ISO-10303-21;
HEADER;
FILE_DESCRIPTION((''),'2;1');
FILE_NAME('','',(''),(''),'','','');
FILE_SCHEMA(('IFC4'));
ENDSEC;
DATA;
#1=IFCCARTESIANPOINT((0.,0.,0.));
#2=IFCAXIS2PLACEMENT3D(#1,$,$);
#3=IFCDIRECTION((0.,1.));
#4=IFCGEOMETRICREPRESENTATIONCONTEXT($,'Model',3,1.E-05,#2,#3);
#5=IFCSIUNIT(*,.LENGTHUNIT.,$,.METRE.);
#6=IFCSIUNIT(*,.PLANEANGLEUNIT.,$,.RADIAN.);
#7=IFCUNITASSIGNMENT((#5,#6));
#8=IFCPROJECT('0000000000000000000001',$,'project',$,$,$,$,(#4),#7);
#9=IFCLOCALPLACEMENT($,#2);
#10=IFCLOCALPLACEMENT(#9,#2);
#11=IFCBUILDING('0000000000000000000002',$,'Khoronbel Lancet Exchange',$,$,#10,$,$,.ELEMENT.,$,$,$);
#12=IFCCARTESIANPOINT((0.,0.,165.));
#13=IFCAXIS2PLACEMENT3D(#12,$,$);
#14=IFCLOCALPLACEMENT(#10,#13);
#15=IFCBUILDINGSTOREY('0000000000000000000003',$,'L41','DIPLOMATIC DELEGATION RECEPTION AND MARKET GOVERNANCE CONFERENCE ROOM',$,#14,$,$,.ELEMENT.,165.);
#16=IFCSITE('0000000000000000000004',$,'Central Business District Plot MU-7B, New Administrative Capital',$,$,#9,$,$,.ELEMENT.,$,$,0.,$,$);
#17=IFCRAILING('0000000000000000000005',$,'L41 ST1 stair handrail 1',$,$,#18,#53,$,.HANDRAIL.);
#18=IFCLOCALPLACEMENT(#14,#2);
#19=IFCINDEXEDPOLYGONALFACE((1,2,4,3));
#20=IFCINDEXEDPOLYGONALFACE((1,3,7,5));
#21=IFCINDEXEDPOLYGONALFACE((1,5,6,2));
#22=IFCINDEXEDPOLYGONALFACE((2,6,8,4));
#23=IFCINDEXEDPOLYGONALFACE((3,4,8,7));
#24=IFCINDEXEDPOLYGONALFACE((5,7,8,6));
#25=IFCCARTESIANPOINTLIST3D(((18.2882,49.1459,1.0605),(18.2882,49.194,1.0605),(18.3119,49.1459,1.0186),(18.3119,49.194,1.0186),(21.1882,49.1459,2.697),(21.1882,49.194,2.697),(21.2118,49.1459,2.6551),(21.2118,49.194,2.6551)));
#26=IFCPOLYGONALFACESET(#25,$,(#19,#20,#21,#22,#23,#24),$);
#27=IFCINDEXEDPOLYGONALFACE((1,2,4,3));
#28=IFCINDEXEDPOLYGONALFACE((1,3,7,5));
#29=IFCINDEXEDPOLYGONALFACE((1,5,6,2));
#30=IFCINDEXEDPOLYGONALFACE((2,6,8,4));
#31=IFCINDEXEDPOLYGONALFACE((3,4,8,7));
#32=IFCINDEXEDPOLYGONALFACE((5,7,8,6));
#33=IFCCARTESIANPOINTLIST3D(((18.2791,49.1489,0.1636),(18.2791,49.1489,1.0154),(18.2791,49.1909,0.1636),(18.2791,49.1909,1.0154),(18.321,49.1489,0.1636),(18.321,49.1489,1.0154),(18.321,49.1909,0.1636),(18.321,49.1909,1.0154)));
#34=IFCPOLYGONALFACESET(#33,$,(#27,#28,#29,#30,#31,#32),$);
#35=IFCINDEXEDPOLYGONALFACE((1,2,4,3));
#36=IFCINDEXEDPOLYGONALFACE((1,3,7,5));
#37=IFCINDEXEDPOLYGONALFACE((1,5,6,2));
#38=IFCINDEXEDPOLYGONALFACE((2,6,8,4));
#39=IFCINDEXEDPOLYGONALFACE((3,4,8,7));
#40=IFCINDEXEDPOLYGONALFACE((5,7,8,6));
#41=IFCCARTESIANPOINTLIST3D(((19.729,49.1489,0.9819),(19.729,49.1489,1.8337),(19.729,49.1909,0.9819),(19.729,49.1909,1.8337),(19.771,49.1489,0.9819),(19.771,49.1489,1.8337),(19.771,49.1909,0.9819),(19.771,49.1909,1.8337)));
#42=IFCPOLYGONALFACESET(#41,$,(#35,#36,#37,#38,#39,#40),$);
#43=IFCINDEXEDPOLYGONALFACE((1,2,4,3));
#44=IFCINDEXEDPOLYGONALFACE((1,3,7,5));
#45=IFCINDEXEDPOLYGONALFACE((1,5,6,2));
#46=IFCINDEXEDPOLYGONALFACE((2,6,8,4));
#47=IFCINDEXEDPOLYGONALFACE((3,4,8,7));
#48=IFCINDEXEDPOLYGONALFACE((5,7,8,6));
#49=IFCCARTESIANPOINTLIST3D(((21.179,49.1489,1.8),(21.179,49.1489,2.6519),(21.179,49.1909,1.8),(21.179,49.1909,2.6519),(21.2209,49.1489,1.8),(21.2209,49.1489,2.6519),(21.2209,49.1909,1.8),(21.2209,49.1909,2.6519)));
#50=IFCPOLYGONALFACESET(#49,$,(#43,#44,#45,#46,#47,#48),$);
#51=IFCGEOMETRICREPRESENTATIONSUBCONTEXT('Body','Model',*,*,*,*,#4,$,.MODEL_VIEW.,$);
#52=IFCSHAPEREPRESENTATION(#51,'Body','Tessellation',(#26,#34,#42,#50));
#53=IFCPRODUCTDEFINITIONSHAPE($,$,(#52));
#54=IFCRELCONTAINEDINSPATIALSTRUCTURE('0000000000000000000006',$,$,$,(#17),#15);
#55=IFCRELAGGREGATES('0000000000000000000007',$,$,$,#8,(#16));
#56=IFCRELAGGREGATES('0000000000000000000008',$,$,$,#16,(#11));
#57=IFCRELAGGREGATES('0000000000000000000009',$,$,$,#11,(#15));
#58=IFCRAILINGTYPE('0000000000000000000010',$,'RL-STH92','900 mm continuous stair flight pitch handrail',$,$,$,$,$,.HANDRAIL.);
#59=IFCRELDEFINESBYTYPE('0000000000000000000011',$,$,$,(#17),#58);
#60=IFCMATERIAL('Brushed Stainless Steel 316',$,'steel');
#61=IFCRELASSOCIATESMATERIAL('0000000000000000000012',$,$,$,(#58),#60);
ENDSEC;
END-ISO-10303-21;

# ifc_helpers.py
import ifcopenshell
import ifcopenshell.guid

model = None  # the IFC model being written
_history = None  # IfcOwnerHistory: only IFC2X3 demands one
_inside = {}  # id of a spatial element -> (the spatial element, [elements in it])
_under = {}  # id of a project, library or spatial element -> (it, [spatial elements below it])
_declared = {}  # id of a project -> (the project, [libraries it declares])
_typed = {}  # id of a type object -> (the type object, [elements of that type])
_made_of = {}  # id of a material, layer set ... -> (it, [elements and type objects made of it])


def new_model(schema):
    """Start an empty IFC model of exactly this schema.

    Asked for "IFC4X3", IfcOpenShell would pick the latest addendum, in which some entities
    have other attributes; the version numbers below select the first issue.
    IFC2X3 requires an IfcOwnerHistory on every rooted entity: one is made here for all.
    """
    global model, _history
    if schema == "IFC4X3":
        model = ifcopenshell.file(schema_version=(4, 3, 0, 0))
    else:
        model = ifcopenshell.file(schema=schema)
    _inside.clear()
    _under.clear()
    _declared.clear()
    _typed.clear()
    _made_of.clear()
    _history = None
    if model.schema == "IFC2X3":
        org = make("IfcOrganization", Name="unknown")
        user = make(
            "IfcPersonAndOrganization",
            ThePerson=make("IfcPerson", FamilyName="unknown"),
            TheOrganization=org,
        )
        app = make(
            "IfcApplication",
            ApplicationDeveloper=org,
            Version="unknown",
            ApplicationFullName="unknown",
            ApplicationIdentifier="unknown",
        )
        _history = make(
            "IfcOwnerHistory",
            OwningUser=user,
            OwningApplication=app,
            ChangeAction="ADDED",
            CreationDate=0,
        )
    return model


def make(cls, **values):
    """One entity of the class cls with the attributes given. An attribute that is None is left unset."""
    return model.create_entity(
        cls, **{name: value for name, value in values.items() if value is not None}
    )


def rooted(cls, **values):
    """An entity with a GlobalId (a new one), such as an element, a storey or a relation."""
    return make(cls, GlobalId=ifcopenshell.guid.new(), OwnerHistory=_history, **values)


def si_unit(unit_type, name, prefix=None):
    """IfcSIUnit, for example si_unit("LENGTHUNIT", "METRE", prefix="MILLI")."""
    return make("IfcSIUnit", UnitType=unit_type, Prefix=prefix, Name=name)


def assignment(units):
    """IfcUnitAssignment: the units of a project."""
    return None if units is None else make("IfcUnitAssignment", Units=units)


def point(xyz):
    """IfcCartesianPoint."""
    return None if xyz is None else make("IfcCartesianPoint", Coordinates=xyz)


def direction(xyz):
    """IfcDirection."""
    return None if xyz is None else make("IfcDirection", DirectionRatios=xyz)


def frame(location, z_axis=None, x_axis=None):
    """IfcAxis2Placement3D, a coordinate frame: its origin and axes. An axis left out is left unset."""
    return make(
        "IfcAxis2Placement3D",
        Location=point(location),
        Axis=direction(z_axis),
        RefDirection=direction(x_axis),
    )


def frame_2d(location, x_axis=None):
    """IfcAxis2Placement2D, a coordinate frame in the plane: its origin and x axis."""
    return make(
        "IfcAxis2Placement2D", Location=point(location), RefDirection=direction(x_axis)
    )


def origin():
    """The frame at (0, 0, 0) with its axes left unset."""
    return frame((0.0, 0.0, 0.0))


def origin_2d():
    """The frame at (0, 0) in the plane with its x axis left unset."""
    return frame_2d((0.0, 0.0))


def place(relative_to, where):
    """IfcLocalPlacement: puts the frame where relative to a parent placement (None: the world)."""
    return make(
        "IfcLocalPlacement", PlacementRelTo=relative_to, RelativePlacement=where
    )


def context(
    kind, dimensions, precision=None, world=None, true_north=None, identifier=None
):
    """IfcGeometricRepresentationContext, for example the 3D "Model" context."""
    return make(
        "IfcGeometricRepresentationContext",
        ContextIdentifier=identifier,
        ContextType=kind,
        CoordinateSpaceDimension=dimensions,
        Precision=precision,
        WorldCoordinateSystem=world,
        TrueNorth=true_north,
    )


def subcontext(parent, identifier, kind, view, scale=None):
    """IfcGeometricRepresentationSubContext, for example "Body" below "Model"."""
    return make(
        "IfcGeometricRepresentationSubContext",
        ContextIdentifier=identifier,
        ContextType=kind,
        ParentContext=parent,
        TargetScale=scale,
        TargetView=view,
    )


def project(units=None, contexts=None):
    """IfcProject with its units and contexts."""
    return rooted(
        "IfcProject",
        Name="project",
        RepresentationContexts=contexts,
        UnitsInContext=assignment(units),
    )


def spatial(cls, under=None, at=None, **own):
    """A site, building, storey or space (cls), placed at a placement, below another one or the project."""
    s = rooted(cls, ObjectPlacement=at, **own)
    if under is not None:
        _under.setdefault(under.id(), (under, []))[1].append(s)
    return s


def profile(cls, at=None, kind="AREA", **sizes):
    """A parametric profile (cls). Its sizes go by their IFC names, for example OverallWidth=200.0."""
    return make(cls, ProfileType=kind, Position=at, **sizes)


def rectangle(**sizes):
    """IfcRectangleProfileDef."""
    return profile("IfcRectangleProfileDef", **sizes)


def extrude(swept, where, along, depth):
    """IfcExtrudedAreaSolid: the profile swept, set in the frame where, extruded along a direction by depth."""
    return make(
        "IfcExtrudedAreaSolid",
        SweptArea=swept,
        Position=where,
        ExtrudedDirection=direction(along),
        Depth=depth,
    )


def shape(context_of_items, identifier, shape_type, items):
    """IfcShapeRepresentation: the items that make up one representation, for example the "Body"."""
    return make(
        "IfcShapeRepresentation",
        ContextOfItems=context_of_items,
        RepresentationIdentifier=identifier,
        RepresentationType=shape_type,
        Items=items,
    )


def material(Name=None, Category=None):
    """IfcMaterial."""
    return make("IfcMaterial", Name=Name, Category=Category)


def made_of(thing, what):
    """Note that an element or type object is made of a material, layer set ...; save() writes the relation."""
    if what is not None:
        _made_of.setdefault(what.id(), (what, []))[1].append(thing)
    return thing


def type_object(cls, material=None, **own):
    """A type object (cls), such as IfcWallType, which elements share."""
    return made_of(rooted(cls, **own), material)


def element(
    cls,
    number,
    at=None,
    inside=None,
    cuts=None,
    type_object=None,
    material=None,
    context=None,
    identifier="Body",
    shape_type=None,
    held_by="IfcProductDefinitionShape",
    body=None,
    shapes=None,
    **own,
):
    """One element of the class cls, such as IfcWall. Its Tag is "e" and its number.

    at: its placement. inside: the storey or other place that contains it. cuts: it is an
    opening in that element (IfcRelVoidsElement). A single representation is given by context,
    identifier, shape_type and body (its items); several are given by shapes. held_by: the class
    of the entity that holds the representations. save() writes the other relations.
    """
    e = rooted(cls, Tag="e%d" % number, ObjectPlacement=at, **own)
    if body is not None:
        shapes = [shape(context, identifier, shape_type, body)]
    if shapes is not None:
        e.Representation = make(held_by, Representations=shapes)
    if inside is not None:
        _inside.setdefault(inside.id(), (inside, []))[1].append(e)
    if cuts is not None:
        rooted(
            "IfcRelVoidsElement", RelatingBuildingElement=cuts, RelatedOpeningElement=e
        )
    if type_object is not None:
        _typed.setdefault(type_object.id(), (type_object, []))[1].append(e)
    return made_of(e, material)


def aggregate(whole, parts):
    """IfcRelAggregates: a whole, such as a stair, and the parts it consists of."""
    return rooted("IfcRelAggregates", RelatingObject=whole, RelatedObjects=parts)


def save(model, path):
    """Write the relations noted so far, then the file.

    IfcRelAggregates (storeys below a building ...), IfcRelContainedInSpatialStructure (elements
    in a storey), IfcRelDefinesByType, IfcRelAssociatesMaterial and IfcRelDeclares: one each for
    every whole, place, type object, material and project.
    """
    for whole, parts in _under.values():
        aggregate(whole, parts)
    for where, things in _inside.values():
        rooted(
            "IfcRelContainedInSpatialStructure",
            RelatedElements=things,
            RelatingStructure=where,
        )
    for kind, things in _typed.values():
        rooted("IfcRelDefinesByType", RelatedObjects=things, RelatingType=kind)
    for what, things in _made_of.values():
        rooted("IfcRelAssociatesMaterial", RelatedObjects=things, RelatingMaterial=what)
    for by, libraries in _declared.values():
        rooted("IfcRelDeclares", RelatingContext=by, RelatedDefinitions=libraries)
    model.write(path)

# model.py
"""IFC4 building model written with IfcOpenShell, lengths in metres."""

from ifc_helpers import new_model, si_unit, direction, frame, origin, origin_2d, place, context, subcontext, project, spatial, rectangle, extrude, material, type_object, element, save


model = new_model("IFC4")

# Units and contexts
model_context = context("Model", 3, precision=1e-05, world=origin(), true_north=direction((0.0, 1.0)))
body_context = subcontext(model_context, "Body", "Model", "MODEL_VIEW")
ifc_project = project(units=[si_unit("LENGTHUNIT", "METRE"), si_unit("PLANEANGLEUNIT", "RADIAN")], contexts=[model_context])

# Site, building, storey
site_placement = place(None, origin())
site = spatial("IfcSite", under=ifc_project, at=site_placement, Name="Central Business District Plot MU-7B, New Administrative Capital", CompositionType="ELEMENT", RefElevation=0.0)
building_placement = place(site_placement, origin())
building = spatial("IfcBuilding", under=site, at=building_placement, Name="Khoronbel Lancet Exchange", CompositionType="ELEMENT")
storey_placement = place(building_placement, frame((0.0, 0.0, 165.0)))
storey = spatial("IfcBuildingStorey", under=building, at=storey_placement, Name="L41", Description="DIPLOMATIC DELEGATION RECEPTION AND MARKET GOVERNANCE CONFERENCE ROOM", CompositionType="ELEMENT", Elevation=165.0)

# Railing
ifc_material_1 = material(Name="Brushed Stainless Steel 316", Category="steel")
railing_type_1 = type_object("IfcRailingType", Name="RL-STH92", Description="900 mm continuous stair flight pitch handrail", PredefinedType="HANDRAIL", material=ifc_material_1)
railing_1_placement = place(storey_placement, frame((18.3, 49.1699, 0.1636)))
element("IfcRailing", 1, at=railing_1_placement, inside=storey, type_object=railing_type_1, Name="L41 ST1 stair handrail 1", PredefinedType="HANDRAIL", context=body_context, shape_type="SweptSolid", body=[
    extrude(rectangle(XDim=0.0481, YDim=0.0481, at=origin_2d()), frame((0.0, 0.0, 0.876), z_axis=(0.870897, 0.0, 0.491465), x_axis=(0.0, 1.0, 0.0)), (0.0, 0.0, 1.0), 3.3298),
    extrude(rectangle(XDim=0.042, YDim=0.042, at=origin_2d()), origin(), (0.0, 0.0, 1.0), 0.8518),
    extrude(rectangle(XDim=0.042, YDim=0.042, at=origin_2d()), frame((1.45, 0.0, 0.8184)), (0.0, 0.0, 1.0), 0.8518),
    extrude(rectangle(XDim=0.042, YDim=0.042, at=origin_2d()), frame((2.8999, 0.0, 1.6365)), (0.0, 0.0, 1.0), 0.8518),
])

save(model, "model.ifc")
